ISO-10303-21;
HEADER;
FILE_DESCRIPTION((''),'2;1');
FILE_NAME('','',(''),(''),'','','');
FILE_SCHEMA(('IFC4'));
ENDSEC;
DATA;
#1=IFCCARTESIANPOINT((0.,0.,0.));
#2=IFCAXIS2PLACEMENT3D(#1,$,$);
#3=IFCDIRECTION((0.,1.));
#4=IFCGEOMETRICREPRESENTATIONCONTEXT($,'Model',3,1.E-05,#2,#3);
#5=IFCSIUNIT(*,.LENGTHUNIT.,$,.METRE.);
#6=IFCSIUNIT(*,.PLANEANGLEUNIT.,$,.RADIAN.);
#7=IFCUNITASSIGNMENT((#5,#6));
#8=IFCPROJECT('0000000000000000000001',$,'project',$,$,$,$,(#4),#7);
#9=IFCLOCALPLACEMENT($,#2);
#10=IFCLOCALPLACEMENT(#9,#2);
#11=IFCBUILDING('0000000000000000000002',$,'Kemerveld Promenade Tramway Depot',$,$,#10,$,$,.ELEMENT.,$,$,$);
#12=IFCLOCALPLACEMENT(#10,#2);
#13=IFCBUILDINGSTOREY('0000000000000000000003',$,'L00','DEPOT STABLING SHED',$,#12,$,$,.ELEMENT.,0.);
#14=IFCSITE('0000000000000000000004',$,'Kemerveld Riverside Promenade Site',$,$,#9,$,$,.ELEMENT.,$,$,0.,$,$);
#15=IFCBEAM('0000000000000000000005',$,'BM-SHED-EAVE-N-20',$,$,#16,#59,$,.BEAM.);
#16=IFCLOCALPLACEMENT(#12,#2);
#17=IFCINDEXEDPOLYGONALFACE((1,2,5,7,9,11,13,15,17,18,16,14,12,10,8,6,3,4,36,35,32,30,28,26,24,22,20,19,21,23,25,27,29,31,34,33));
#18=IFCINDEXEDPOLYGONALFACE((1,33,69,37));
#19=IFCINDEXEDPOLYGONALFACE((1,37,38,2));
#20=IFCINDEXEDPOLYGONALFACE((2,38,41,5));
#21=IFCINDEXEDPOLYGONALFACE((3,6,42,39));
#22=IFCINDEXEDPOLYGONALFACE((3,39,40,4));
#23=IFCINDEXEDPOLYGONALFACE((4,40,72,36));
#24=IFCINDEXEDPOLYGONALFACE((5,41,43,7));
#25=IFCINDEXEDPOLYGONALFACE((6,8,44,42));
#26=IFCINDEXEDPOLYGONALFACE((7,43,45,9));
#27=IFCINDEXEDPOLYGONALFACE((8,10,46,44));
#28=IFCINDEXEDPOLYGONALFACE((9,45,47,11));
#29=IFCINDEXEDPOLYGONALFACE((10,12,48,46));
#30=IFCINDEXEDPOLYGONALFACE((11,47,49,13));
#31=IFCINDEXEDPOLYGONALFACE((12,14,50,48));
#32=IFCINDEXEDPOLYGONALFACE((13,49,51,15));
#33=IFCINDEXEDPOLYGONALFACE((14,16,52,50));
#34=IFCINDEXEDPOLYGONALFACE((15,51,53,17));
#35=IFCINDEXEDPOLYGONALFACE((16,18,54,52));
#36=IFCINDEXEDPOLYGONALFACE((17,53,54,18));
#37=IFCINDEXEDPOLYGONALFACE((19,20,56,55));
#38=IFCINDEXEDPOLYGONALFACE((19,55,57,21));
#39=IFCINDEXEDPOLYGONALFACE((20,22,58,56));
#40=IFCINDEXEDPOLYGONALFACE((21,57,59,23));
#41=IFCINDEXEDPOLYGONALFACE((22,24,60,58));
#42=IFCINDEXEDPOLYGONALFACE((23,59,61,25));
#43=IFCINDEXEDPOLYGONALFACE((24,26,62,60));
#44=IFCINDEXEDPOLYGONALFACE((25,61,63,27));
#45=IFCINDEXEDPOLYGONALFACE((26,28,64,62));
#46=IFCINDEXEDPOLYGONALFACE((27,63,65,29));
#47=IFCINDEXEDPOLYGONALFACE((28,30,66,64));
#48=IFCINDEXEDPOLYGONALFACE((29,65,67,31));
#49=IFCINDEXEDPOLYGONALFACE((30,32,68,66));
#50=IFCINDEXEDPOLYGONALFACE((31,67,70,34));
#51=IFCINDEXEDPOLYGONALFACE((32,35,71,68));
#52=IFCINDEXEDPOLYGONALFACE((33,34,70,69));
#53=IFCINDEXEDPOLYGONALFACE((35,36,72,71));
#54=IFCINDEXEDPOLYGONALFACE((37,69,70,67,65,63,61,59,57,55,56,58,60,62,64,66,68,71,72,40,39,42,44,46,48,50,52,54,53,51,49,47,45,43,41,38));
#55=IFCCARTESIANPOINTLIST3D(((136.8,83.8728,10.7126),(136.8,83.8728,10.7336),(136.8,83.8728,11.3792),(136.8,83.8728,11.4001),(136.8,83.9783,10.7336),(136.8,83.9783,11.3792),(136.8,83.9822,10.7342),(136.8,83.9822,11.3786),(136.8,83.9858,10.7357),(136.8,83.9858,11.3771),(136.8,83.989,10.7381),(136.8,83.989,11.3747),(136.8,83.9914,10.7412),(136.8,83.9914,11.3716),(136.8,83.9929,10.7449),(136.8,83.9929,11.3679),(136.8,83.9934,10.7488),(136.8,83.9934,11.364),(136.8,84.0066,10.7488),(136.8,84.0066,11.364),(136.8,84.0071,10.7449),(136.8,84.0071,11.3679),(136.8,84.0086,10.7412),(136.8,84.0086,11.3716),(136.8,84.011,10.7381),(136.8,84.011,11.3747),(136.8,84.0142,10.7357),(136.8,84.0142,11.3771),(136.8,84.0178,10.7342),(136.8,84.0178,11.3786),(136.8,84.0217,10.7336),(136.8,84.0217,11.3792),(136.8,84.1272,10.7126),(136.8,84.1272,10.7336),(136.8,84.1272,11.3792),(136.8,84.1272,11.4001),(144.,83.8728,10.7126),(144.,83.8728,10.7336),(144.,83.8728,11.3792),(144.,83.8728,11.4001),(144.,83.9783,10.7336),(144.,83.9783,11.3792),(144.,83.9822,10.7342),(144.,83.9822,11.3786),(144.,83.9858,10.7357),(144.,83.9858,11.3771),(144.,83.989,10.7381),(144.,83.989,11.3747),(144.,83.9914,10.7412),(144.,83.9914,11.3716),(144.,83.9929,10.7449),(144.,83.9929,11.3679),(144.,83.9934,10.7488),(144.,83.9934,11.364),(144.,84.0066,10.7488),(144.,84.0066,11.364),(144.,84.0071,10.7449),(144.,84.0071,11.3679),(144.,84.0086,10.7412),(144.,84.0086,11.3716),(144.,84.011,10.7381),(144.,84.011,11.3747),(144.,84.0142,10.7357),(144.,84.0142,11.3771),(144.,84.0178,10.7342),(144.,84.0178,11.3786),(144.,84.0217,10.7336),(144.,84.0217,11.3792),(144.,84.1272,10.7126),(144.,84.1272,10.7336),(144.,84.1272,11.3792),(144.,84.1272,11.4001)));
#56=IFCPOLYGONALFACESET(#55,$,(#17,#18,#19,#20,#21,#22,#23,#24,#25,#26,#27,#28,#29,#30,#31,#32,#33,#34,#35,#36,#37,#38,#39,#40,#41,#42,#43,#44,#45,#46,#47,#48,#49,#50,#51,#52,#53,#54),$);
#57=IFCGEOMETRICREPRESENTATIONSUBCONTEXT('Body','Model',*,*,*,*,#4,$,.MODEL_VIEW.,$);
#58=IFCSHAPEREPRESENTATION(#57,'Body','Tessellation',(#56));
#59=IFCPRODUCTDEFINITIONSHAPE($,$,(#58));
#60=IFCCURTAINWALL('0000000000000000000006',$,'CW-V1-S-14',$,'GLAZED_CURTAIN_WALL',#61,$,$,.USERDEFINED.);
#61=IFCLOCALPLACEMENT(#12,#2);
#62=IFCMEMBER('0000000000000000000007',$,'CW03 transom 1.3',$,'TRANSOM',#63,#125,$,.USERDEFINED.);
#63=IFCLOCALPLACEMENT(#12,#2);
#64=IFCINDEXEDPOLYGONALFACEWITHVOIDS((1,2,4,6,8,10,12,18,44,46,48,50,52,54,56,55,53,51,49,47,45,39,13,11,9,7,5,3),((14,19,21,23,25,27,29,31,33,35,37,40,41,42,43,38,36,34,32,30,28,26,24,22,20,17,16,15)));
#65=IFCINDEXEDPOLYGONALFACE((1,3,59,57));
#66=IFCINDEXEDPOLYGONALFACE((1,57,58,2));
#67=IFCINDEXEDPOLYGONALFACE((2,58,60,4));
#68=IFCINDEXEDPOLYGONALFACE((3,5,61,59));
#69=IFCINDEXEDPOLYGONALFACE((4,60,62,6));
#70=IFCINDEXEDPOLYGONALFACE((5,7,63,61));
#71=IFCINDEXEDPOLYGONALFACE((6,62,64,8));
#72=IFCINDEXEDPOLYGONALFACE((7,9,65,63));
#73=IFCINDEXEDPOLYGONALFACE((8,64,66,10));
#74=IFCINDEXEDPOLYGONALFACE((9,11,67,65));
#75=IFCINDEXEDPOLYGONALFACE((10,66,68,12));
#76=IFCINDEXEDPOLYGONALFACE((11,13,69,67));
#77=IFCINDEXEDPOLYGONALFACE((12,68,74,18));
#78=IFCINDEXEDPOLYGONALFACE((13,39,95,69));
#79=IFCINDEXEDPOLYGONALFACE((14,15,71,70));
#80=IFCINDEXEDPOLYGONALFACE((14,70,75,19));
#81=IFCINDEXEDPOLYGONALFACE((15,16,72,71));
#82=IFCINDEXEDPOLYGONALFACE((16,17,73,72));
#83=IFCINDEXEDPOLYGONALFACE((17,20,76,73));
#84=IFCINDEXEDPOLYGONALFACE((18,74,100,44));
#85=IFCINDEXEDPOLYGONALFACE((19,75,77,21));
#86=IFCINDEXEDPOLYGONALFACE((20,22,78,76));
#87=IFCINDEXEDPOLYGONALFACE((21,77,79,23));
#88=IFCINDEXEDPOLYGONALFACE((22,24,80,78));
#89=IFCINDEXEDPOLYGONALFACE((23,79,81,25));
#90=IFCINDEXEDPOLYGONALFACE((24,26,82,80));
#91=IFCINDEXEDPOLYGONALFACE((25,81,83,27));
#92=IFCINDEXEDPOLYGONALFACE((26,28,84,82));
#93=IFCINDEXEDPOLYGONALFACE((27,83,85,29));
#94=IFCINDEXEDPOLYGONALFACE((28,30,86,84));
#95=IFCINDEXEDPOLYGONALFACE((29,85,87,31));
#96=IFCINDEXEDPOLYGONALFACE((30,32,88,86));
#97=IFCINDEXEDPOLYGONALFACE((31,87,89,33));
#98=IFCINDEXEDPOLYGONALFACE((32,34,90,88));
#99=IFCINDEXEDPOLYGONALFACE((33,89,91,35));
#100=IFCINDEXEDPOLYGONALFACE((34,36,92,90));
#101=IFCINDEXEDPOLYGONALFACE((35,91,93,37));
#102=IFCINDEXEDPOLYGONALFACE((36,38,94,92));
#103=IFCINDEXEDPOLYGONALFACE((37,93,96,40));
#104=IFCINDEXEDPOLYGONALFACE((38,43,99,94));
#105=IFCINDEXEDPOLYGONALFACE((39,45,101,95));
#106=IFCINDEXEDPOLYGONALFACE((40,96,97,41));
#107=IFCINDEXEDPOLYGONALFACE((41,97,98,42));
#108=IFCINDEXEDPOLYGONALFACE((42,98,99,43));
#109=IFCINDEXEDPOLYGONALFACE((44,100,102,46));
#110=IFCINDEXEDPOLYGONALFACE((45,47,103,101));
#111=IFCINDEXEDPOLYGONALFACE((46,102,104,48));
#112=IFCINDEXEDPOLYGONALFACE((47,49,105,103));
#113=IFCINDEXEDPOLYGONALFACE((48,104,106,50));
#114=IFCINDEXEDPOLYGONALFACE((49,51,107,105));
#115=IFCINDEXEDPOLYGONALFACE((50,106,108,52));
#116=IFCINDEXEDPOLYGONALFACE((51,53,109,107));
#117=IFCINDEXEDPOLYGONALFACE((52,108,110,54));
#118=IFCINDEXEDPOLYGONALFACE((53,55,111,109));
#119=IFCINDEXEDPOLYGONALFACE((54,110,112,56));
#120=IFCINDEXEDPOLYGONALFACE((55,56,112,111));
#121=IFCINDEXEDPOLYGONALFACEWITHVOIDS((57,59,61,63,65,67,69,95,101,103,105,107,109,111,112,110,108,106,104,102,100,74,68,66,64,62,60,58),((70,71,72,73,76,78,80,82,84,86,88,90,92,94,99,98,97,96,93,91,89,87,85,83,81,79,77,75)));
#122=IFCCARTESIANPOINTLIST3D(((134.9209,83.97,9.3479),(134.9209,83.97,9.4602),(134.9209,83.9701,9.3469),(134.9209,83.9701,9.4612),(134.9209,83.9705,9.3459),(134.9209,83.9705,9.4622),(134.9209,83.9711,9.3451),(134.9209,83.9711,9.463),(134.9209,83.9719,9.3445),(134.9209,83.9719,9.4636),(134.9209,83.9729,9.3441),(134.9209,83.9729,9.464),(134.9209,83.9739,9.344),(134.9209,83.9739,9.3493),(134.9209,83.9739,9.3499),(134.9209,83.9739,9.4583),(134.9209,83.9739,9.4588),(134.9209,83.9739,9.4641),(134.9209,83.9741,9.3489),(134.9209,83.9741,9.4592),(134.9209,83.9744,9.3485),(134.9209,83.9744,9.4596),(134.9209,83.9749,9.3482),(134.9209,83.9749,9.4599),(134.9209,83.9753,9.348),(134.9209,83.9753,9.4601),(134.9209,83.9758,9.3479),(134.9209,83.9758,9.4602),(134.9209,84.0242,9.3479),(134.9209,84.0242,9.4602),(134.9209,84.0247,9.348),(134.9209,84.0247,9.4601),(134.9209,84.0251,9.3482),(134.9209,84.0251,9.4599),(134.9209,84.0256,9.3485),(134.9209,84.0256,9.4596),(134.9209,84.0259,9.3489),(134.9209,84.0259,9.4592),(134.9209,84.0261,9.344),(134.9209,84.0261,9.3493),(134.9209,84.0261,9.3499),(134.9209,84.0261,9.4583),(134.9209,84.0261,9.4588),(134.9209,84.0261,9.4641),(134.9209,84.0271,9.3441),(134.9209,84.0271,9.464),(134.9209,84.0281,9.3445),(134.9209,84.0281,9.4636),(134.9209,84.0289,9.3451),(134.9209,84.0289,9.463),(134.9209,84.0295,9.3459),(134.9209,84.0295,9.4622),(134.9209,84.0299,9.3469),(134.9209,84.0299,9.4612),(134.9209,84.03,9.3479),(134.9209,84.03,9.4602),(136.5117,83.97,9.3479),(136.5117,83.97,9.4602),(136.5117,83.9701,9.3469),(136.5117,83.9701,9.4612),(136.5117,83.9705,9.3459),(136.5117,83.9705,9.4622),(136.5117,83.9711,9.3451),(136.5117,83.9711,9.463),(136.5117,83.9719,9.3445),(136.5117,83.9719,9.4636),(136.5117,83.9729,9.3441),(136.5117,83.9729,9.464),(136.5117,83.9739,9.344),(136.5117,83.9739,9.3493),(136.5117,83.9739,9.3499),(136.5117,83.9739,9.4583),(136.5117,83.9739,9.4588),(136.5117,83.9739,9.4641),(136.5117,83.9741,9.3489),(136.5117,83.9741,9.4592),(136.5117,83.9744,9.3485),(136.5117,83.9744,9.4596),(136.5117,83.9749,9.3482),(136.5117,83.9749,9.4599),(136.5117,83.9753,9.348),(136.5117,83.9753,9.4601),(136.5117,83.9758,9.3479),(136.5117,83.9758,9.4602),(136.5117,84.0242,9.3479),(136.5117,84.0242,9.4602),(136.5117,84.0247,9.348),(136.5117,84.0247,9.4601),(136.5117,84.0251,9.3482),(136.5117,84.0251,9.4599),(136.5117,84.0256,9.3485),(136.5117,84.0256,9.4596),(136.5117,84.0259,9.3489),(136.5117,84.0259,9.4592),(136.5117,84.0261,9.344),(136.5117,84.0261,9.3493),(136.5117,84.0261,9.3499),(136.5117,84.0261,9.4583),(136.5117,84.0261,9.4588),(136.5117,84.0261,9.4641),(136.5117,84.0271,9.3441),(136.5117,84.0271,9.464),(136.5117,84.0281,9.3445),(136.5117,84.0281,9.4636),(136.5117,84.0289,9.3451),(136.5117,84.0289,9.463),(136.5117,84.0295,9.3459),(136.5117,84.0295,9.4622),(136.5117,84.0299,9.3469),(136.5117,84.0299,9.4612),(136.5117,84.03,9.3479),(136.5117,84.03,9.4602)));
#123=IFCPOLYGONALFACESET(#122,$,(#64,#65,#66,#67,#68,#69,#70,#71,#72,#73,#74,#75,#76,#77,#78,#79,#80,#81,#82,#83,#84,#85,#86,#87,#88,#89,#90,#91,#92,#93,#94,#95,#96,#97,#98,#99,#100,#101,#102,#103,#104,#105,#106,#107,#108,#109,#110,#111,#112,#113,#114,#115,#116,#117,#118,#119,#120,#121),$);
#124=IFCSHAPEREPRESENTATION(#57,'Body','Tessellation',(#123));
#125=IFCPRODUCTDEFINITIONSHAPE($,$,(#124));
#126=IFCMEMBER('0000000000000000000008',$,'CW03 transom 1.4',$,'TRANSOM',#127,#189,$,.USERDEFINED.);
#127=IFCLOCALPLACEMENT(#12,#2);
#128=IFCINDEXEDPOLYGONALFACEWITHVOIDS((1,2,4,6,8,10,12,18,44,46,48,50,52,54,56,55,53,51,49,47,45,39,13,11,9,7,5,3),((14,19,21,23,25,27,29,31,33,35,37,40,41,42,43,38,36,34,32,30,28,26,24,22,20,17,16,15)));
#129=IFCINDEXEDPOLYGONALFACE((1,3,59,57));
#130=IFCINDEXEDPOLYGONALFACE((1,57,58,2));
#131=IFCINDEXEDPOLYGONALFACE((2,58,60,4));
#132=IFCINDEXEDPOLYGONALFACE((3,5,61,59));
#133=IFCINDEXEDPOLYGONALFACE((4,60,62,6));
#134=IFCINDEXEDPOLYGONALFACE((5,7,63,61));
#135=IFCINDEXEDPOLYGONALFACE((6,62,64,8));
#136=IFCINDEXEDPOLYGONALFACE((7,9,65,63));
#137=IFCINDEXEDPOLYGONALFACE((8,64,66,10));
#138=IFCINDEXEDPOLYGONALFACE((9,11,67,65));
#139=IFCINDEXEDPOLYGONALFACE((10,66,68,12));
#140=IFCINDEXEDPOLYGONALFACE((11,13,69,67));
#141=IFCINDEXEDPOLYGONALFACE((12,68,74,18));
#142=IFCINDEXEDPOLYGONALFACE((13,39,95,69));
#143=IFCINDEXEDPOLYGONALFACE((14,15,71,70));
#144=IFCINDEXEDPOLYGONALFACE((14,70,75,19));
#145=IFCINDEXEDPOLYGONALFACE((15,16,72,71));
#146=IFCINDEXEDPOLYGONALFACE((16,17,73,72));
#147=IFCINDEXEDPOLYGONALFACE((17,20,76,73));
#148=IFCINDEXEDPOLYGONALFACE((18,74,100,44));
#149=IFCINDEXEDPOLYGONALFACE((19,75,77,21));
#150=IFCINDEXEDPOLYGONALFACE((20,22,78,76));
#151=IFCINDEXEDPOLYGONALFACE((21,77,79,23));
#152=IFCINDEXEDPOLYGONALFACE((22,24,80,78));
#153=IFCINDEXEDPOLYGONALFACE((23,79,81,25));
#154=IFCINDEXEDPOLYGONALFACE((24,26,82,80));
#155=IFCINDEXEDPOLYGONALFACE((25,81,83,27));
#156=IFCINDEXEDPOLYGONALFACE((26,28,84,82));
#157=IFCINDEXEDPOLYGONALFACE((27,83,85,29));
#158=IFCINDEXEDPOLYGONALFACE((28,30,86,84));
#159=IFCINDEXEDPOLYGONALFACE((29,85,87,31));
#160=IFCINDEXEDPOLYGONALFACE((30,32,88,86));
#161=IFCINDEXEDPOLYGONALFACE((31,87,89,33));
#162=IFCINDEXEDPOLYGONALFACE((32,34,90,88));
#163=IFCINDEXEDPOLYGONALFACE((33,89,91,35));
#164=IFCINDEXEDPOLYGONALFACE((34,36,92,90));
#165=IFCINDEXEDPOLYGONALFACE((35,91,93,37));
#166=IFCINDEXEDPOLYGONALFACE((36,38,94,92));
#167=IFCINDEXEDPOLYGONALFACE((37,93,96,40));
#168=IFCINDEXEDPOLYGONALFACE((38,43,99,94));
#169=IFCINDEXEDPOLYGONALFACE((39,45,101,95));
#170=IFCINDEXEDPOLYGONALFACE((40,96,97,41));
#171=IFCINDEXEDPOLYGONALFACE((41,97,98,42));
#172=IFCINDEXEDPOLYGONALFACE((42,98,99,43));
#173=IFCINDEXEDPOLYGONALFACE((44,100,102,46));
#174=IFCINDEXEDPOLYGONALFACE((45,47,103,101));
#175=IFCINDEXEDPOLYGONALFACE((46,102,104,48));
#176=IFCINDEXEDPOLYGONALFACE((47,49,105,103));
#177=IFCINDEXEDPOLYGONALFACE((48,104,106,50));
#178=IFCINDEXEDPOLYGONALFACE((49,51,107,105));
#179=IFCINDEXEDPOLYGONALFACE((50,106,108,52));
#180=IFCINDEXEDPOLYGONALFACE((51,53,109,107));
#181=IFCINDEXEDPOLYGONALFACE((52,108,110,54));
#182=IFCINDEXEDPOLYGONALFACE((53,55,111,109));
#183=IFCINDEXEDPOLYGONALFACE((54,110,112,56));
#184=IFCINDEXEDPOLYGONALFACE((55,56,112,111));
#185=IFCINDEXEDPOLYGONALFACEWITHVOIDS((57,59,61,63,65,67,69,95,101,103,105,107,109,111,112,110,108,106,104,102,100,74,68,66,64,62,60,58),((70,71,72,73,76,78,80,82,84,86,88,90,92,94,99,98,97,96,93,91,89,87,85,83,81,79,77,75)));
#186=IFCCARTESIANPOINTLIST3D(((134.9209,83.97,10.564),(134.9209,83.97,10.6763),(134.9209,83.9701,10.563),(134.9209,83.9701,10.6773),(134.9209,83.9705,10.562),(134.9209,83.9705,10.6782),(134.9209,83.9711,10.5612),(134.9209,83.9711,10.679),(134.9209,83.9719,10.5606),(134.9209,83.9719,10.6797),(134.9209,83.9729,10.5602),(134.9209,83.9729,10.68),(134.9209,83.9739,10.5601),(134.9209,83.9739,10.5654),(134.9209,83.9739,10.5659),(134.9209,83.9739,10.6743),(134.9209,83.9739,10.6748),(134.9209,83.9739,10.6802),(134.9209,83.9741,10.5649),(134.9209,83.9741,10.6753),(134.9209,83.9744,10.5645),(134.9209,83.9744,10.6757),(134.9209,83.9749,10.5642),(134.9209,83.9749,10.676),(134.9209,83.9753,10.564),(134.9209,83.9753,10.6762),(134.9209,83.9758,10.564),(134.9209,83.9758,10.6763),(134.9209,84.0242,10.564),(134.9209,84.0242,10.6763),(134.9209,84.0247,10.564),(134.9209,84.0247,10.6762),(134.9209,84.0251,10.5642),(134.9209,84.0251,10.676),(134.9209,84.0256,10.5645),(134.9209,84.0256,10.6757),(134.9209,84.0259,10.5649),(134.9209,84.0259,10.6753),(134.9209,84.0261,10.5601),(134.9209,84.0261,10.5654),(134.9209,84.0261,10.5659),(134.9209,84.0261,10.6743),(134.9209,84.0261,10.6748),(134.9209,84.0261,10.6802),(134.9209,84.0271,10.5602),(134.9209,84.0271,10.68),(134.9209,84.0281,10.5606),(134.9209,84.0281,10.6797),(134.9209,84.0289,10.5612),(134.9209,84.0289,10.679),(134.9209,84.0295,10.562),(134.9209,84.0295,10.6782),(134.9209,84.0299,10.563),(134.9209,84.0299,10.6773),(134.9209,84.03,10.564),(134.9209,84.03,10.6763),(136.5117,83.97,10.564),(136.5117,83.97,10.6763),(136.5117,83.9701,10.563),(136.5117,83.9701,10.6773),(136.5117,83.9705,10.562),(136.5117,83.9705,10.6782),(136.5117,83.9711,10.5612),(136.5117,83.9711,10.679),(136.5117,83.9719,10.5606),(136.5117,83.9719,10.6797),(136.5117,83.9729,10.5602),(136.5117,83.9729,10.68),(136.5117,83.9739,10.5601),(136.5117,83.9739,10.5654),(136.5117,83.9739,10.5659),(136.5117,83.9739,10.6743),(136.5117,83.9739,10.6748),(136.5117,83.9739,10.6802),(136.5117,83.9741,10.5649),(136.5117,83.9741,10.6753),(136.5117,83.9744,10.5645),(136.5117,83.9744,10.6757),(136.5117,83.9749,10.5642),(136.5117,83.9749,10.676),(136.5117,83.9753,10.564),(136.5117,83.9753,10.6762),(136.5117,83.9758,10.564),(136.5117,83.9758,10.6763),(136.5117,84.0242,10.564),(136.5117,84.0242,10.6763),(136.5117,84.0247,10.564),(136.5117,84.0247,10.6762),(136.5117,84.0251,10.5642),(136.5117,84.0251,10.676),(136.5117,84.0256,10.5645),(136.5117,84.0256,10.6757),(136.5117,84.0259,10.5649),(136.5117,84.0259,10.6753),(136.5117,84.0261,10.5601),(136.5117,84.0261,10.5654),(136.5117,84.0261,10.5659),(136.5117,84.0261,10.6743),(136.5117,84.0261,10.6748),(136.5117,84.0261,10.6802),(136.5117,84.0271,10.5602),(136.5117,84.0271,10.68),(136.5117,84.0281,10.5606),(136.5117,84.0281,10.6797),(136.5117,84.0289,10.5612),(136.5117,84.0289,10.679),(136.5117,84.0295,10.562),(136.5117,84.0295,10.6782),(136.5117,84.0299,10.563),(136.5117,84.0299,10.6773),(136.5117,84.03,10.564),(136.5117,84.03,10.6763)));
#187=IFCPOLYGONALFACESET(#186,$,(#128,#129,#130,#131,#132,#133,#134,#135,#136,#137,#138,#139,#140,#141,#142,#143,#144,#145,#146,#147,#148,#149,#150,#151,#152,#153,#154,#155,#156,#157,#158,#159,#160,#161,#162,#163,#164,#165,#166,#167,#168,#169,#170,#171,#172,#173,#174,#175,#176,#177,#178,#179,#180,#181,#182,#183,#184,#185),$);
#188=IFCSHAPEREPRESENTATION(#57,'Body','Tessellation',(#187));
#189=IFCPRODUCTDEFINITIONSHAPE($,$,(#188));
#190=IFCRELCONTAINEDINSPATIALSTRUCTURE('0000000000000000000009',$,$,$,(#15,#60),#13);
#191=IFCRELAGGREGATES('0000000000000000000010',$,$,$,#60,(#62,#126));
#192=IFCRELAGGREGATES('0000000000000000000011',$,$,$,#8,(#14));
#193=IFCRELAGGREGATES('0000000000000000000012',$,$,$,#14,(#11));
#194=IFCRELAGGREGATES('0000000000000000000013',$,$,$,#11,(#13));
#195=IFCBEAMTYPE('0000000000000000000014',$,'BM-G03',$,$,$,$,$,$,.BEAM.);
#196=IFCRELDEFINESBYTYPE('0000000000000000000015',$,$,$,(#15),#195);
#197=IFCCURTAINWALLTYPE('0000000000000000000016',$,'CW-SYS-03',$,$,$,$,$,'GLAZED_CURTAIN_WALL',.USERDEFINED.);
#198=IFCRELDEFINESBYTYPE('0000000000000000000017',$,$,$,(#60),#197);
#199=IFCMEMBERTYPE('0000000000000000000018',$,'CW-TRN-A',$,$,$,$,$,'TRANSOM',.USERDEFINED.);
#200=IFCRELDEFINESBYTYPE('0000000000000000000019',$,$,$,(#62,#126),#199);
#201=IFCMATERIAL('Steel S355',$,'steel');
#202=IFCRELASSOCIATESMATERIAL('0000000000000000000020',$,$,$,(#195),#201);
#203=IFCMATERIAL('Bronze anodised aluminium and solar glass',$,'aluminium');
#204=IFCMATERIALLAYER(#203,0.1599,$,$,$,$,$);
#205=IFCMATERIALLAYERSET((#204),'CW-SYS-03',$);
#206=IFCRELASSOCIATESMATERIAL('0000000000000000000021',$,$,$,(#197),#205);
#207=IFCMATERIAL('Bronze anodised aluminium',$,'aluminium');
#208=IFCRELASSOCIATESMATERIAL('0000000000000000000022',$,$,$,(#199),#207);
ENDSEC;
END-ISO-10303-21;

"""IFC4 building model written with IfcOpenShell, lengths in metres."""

from ifc_helpers import new_model, si_unit, direction, frame, origin, origin_2d, place, context, subcontext, project, spatial, hollow_rectangle, i_section, extrude, material, layer, layer_set, material_profile, profile_set, type_object, element, aggregate, save


model = new_model("IFC4")

# Units and contexts
model_context = context("Model", 3, precision=1e-05, world=origin(), true_north=direction((0.0, 1.0)))
body_context = subcontext(model_context, "Body", "Model", "MODEL_VIEW")
ifc_project = project(units=[si_unit("LENGTHUNIT", "METRE"), si_unit("PLANEANGLEUNIT", "RADIAN")], contexts=[model_context])

# Site, building, storey
site_placement = place(None, origin())
site = spatial("IfcSite", under=ifc_project, at=site_placement, Name="Kemerveld Riverside Promenade Site", CompositionType="ELEMENT", RefElevation=0.0)
building_placement = place(site_placement, origin())
building = spatial("IfcBuilding", under=site, at=building_placement, Name="Kemerveld Promenade Tramway Depot", CompositionType="ELEMENT")
storey_placement = place(building_placement, origin())
storey = spatial("IfcBuildingStorey", under=building, at=storey_placement, Name="L00", Description="DEPOT STABLING SHED", CompositionType="ELEMENT", Elevation=0.0)

# Beam
ifc_material_1 = material(Name="Steel S355", Category="steel")
ifc_material_profile_1 = material_profile(ifc_material_1, i_section(OverallWidth=0.2544, OverallDepth=0.6875, WebThickness=0.0132, FlangeThickness=0.021, FilletRadius=0.0151, at=origin_2d()), Name="686x254x152 UB")
ifc_profile_set_1 = profile_set([ifc_material_profile_1], Name="Steel S355")
beam_type = type_object("IfcBeamType", Name="BM-G03", PredefinedType="BEAM", material=ifc_profile_set_1)
beam_placement = place(storey_placement, frame((136.8, 84.0, 11.0564), z_axis=(1.0, 0.0, 0.0), x_axis=(0.0, 1.0, 0.0)))
element("IfcBeam", 1, at=beam_placement, inside=storey, type_object=beam_type, Name="BM-SHED-EAVE-N-20", PredefinedType="BEAM", context=body_context, shape_type="SweptSolid", body=[
    extrude(i_section(OverallWidth=0.2544, OverallDepth=0.6875, WebThickness=0.0132, FlangeThickness=0.021, FilletRadius=0.0151, at=origin_2d()), origin(), (0.0, 0.0, 1.0), 7.2),
])

# Curtain wall, members
ifc_material_2 = material(Name="Bronze anodised aluminium and solar glass", Category="aluminium")
ifc_layer_1 = layer(ifc_material_2, 0.1599)
ifc_layer_set_1 = layer_set([ifc_layer_1], Name="CW-SYS-03")
curtain_wall_type_1 = type_object("IfcCurtainWallType", Name="CW-SYS-03", ElementType="GLAZED_CURTAIN_WALL", PredefinedType="USERDEFINED", material=ifc_layer_set_1)
curtain_wall_1_placement = place(storey_placement, origin())
curtain_wall_1 = element("IfcCurtainWall", 2, at=curtain_wall_1_placement, inside=storey, type_object=curtain_wall_type_1, Name="CW-V1-S-14", ObjectType="GLAZED_CURTAIN_WALL", PredefinedType="USERDEFINED")
ifc_material_3 = material(Name="Bronze anodised aluminium", Category="aluminium")
ifc_material_profile_2 = material_profile(ifc_material_3, hollow_rectangle(XDim=0.0601, YDim=0.1201, WallThickness=0.0039, InnerFilletRadius=0.002, OuterFilletRadius=0.0039, at=origin_2d()), Name="CW-TRN-120x60")
ifc_profile_set_2 = profile_set([ifc_material_profile_2], Name="Bronze anodised aluminium")
member_type_1 = type_object("IfcMemberType", Name="CW-TRN-A", ElementType="TRANSOM", PredefinedType="USERDEFINED", material=ifc_profile_set_2)
member_1_placement = place(storey_placement, frame((136.5117, 84.0, 9.4041), z_axis=(-1.0, 0.0, 0.0), x_axis=(0.0, -1.0, 0.0)))
member_1 = element("IfcMember", 3, at=member_1_placement, type_object=member_type_1, Name="CW03 transom 1.3", ObjectType="TRANSOM", PredefinedType="USERDEFINED", context=body_context, shape_type="SweptSolid", body=[
    extrude(hollow_rectangle(XDim=0.0601, YDim=0.1201, WallThickness=0.0039, InnerFilletRadius=0.002, OuterFilletRadius=0.0039, at=origin_2d()), origin(), (0.0, 0.0, 1.0), 1.5908),
])
member_2_placement = place(storey_placement, frame((136.5117, 84.0, 10.6201), z_axis=(-1.0, 0.0, 0.0), x_axis=(0.0, -1.0, 0.0)))
member_2 = element("IfcMember", 4, at=member_2_placement, type_object=member_type_1, Name="CW03 transom 1.4", ObjectType="TRANSOM", PredefinedType="USERDEFINED", context=body_context, shape_type="SweptSolid", body=[
    extrude(hollow_rectangle(XDim=0.0601, YDim=0.1201, WallThickness=0.0039, InnerFilletRadius=0.002, OuterFilletRadius=0.0039, at=origin_2d()), origin(), (0.0, 0.0, 1.0), 1.5908),
])

aggregate(curtain_wall_1, [member_1, member_2])

save(model, "model.ifc")
